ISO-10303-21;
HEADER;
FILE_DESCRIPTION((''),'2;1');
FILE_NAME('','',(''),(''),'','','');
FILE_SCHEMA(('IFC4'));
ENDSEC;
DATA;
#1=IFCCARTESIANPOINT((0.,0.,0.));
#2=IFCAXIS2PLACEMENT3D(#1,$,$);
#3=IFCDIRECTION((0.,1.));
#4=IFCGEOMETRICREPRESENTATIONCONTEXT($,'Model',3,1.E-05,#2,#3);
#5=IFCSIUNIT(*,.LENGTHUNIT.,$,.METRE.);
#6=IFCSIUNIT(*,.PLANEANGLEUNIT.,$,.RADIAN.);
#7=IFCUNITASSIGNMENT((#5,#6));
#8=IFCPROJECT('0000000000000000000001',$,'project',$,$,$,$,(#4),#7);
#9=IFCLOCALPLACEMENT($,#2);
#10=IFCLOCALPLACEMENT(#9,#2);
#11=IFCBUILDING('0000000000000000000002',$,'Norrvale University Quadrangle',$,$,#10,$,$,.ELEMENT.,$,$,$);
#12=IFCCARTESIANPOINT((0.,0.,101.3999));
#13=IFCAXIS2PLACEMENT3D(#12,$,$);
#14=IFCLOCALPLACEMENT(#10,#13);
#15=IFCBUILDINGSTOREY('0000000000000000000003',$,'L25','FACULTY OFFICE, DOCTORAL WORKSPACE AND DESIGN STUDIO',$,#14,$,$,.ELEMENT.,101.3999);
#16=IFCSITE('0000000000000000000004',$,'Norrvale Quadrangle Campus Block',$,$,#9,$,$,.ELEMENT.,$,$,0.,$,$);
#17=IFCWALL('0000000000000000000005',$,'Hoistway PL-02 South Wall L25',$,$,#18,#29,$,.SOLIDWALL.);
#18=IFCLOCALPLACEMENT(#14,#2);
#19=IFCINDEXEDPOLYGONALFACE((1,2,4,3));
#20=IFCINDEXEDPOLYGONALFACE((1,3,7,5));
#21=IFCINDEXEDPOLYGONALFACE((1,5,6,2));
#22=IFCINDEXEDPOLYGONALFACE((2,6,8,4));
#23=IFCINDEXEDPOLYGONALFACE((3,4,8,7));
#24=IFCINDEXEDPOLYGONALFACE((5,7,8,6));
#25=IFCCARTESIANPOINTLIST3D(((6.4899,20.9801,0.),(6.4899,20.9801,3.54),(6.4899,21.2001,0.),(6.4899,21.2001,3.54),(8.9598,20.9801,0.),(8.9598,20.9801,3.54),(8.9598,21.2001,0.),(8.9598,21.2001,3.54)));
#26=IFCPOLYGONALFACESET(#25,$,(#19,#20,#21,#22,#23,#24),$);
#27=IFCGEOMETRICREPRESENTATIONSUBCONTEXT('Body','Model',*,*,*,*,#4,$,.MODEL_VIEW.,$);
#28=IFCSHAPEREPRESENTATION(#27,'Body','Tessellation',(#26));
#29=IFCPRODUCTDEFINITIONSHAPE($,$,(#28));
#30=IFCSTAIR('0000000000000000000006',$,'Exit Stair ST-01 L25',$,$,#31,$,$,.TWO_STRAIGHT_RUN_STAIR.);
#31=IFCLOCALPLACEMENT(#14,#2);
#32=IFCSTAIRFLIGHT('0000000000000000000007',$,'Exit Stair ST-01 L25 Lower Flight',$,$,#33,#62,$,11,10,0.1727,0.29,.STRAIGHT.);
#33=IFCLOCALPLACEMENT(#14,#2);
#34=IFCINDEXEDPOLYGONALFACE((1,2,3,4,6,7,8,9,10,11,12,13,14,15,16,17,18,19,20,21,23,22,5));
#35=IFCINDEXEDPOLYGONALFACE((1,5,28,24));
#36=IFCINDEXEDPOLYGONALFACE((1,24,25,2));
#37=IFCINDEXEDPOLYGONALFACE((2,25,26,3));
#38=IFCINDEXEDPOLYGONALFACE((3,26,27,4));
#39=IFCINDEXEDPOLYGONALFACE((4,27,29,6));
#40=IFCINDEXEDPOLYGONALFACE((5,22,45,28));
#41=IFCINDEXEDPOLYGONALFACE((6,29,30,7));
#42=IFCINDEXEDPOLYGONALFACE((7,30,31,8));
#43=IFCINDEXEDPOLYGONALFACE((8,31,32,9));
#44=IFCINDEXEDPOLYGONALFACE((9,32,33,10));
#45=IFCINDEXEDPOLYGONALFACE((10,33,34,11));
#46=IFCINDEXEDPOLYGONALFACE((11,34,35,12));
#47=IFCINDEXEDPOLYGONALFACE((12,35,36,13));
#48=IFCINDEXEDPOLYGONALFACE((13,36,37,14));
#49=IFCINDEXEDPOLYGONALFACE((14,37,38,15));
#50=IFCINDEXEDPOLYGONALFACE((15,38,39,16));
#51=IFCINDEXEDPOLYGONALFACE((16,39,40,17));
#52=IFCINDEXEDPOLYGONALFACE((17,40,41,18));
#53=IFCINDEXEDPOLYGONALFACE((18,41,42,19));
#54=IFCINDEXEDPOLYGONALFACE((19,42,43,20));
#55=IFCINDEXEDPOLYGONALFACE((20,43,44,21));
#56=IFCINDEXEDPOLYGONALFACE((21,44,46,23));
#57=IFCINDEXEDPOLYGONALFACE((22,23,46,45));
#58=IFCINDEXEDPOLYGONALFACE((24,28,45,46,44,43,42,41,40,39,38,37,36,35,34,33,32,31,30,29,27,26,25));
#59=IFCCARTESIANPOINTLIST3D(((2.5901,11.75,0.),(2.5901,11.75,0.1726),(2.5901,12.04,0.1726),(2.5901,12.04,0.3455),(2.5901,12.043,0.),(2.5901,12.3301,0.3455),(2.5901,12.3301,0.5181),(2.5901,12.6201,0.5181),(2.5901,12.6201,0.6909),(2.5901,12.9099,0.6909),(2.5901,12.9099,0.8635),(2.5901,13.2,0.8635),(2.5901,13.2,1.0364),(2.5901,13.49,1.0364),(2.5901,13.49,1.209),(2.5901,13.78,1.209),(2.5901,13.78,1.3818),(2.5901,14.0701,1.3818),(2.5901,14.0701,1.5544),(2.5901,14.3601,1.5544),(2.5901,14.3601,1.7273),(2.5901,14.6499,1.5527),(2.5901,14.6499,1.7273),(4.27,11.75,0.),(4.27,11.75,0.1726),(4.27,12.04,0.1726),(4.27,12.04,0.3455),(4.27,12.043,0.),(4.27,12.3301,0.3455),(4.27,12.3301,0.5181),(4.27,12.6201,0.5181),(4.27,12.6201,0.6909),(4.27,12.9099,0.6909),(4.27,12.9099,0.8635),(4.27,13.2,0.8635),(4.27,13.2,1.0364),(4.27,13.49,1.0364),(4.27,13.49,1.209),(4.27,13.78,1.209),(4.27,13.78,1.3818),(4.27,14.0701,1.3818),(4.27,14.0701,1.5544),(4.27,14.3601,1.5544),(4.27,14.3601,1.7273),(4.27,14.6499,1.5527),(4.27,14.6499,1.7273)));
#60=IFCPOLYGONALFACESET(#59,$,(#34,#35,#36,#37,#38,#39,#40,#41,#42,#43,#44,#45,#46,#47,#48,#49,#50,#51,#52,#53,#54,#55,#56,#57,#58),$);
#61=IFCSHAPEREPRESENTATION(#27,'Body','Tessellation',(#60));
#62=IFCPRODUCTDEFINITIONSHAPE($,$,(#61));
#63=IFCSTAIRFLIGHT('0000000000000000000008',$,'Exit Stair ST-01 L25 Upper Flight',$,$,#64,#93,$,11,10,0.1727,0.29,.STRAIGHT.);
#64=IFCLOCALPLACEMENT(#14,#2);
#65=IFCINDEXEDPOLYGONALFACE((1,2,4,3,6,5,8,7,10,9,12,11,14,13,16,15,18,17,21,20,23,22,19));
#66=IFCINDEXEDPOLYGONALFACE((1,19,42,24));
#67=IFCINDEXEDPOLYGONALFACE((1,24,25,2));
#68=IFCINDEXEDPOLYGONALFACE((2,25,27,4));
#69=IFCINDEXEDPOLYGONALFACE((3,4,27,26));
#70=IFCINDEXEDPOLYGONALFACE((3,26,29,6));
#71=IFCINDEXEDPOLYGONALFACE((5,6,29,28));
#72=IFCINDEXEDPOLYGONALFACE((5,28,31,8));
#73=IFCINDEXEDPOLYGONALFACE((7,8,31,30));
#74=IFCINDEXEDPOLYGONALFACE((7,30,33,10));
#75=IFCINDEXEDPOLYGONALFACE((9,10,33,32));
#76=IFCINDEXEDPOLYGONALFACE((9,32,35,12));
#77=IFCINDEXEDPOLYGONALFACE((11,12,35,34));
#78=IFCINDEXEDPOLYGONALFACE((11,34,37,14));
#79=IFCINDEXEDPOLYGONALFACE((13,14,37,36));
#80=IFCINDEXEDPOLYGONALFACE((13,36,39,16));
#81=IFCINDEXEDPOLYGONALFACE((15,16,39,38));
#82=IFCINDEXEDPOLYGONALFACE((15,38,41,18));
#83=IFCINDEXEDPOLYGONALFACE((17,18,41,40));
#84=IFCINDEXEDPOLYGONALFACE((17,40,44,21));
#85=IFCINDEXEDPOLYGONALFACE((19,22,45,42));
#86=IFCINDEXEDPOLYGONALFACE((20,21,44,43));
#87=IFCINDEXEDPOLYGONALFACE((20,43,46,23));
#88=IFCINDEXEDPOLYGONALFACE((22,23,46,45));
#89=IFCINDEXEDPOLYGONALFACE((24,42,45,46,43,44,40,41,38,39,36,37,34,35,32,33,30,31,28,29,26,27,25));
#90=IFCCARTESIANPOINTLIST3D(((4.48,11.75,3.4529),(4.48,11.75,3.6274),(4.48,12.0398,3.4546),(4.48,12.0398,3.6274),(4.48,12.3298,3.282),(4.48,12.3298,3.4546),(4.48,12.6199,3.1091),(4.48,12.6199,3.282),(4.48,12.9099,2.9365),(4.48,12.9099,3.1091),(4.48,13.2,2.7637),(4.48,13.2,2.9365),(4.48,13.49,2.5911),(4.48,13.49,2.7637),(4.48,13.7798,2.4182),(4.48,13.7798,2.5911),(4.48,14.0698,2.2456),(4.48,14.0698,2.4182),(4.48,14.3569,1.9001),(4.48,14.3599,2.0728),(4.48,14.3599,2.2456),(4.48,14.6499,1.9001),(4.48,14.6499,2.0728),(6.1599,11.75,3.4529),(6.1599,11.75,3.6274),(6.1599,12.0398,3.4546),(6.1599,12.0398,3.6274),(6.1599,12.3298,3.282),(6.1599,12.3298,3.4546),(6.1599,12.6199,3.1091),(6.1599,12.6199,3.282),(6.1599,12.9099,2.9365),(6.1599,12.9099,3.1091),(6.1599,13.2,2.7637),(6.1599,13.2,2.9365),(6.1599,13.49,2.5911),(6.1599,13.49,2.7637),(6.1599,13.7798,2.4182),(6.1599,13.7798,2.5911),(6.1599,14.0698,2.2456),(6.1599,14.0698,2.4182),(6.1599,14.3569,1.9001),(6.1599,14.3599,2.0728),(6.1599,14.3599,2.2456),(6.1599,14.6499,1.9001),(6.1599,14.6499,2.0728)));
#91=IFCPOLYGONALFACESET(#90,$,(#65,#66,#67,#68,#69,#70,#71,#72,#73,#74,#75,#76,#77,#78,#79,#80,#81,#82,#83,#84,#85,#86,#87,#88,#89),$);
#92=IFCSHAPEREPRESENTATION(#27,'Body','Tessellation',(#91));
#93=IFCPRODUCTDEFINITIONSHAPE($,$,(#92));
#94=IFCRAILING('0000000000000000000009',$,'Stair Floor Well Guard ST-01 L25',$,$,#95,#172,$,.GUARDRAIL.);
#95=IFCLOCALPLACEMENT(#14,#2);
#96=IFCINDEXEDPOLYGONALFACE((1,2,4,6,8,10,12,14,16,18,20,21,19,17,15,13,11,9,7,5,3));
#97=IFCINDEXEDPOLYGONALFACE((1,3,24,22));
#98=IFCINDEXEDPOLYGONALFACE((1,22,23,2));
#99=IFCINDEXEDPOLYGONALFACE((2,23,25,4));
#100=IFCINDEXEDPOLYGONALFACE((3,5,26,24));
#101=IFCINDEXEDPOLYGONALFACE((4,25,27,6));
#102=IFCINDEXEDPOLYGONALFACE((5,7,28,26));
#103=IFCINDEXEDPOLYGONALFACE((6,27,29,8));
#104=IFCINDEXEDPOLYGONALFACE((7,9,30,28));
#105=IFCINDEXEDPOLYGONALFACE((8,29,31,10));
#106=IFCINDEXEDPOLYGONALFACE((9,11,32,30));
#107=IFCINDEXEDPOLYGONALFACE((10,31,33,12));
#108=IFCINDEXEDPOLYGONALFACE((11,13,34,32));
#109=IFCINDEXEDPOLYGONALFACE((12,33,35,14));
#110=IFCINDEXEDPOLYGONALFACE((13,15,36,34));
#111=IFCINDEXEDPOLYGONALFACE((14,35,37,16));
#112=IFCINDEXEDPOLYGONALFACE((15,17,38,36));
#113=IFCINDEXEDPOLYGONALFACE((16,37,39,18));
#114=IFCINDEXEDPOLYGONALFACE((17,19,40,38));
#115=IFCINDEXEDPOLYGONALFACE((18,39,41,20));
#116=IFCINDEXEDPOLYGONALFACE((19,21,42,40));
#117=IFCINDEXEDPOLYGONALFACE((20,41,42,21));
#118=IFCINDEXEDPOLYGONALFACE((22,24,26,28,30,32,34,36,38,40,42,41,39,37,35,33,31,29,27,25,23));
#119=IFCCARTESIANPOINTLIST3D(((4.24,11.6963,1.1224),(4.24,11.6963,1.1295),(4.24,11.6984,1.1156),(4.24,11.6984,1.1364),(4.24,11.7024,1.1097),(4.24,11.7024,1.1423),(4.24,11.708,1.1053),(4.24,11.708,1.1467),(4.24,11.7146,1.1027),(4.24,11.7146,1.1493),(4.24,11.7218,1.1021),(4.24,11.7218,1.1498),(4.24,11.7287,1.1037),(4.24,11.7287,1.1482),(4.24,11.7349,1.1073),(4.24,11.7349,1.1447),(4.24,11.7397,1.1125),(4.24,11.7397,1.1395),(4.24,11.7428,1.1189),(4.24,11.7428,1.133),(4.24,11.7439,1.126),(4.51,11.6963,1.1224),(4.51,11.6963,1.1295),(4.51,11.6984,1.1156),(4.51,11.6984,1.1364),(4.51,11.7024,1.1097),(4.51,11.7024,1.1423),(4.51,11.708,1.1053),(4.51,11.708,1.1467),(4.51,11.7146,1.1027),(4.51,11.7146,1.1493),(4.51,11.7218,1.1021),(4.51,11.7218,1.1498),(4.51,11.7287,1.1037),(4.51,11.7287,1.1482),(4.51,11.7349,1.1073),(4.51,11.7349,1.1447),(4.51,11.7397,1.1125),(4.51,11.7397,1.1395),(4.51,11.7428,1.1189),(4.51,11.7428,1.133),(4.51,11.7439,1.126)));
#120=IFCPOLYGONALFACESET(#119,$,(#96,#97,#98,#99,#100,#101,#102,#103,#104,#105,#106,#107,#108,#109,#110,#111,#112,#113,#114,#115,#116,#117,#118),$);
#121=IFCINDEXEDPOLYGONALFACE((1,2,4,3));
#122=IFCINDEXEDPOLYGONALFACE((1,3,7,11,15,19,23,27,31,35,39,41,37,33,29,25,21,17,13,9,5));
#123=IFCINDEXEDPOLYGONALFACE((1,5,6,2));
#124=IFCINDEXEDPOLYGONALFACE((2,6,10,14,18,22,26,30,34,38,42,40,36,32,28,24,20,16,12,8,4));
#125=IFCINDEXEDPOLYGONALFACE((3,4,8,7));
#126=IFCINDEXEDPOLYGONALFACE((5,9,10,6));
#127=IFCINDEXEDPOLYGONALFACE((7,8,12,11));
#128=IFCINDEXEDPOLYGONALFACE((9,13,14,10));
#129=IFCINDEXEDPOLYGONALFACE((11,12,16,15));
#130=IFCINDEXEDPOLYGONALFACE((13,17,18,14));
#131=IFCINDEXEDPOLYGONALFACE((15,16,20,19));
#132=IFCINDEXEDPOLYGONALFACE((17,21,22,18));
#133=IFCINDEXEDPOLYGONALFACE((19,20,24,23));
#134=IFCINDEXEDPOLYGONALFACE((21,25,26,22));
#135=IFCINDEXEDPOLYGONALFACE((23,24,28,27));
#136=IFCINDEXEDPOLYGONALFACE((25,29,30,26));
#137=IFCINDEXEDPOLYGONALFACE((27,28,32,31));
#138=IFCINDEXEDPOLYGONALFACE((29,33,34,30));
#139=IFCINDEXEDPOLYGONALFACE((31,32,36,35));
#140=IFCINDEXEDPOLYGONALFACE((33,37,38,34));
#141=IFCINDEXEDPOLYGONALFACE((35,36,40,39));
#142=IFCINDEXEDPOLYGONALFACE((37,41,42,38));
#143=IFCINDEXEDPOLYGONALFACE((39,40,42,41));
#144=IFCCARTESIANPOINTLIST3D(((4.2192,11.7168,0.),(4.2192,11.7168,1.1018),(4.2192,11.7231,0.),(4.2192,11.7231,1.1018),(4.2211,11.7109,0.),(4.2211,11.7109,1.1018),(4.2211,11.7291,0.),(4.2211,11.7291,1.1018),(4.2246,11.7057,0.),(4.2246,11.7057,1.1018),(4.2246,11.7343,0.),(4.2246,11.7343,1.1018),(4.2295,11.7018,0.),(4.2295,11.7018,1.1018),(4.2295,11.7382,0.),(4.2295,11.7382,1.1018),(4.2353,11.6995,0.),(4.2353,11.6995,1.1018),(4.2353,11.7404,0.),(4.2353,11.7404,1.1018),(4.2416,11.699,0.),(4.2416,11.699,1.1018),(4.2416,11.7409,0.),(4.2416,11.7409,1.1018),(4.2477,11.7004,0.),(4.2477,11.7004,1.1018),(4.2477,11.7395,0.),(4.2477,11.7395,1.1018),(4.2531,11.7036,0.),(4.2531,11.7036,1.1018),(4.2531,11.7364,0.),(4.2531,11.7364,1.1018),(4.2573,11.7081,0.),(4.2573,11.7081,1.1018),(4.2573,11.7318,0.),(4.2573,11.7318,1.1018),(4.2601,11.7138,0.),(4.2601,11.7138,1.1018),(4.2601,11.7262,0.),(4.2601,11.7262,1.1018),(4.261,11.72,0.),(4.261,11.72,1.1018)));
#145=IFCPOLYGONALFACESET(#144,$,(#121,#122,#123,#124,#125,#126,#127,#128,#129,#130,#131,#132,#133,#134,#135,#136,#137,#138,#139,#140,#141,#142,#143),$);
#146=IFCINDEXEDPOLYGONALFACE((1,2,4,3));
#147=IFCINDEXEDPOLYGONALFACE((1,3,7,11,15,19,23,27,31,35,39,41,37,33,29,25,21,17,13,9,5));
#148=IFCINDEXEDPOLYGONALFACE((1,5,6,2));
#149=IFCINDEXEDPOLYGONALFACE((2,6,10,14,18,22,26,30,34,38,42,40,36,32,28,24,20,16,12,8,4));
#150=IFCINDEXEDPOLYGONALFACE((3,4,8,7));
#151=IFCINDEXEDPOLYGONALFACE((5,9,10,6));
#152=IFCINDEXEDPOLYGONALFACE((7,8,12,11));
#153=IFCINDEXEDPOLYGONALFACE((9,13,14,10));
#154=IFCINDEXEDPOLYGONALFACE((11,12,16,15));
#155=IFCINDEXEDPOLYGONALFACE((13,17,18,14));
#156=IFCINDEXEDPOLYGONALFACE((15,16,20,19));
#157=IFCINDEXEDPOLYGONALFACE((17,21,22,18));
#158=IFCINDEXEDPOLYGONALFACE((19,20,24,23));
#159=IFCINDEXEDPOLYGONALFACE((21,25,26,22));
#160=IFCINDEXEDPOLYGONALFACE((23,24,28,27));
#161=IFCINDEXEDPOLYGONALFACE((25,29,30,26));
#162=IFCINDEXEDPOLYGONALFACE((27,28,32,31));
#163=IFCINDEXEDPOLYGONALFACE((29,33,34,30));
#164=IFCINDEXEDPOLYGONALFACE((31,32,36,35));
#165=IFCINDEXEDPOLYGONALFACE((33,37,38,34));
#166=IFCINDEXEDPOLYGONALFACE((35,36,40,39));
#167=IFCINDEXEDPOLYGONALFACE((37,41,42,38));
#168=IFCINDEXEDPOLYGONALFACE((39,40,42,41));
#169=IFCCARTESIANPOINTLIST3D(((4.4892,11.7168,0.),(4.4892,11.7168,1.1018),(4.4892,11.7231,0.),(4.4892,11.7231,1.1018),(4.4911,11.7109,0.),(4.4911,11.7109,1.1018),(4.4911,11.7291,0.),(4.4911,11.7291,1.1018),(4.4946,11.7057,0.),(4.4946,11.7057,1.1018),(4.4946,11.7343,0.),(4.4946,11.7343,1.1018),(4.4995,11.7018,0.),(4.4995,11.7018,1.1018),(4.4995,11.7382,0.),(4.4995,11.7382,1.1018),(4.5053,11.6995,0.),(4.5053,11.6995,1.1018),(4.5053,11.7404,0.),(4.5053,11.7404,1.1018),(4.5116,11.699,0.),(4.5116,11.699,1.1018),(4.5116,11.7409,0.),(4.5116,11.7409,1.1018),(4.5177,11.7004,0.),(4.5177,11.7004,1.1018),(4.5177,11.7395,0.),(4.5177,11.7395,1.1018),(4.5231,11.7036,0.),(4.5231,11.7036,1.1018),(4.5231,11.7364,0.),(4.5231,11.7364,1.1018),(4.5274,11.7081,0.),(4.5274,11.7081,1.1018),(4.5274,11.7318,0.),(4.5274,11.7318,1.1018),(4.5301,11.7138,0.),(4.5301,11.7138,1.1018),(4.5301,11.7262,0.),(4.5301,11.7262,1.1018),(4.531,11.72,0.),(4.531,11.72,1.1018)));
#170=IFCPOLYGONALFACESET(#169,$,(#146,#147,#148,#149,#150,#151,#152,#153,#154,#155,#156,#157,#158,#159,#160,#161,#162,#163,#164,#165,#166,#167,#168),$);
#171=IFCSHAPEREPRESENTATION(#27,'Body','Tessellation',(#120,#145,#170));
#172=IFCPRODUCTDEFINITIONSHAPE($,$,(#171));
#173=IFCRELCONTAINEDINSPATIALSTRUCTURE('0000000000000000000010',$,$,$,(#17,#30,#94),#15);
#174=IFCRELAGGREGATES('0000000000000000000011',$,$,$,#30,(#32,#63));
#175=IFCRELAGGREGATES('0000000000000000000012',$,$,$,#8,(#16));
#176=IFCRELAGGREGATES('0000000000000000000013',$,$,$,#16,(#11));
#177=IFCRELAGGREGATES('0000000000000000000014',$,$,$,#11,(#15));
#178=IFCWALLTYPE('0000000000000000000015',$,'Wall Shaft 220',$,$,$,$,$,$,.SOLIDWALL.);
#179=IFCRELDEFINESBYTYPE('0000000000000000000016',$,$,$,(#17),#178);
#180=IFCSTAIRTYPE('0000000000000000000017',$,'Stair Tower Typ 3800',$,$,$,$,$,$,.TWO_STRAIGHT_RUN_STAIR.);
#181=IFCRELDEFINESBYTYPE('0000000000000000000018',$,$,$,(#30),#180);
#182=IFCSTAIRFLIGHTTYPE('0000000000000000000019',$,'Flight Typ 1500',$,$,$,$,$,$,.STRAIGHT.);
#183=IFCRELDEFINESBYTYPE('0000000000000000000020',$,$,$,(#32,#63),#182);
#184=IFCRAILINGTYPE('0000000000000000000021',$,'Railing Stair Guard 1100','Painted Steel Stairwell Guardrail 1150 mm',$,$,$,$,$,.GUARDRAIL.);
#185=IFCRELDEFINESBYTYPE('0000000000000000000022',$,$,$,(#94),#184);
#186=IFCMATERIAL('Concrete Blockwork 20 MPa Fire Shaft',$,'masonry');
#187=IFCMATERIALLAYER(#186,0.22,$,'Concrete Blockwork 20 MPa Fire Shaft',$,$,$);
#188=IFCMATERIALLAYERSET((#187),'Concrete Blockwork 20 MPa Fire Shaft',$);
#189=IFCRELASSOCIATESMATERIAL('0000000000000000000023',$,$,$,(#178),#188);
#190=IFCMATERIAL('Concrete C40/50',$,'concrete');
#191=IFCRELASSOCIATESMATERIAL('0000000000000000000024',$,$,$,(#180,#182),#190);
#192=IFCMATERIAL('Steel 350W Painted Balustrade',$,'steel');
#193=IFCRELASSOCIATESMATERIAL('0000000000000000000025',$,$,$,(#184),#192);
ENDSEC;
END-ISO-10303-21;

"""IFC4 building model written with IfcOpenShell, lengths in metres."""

from ifc_helpers import new_model, si_unit, direction, frame, frame_2d, origin, origin_2d, place, context, subcontext, project, spatial, polyline, rectangle, circle, outline, extrude, material, layer, layer_set, type_object, element, aggregate, save


model = new_model("IFC4")

# Units and contexts
model_context = context("Model", 3, precision=1e-05, world=origin(), true_north=direction((0.0, 1.0)))
body_context = subcontext(model_context, "Body", "Model", "MODEL_VIEW")
ifc_project = project(units=[si_unit("LENGTHUNIT", "METRE"), si_unit("PLANEANGLEUNIT", "RADIAN")], contexts=[model_context])

# Site, building, storey
site_placement = place(None, origin())
site = spatial("IfcSite", under=ifc_project, at=site_placement, Name="Norrvale Quadrangle Campus Block", CompositionType="ELEMENT", RefElevation=0.0)
building_placement = place(site_placement, origin())
building = spatial("IfcBuilding", under=site, at=building_placement, Name="Norrvale University Quadrangle", CompositionType="ELEMENT")
storey_placement = place(building_placement, frame((0.0, 0.0, 101.3999)))
storey = spatial("IfcBuildingStorey", under=building, at=storey_placement, Name="L25", Description="FACULTY OFFICE, DOCTORAL WORKSPACE AND DESIGN STUDIO", CompositionType="ELEMENT", Elevation=101.3999)

# Wall
ifc_material_1 = material(Name="Concrete Blockwork 20 MPa Fire Shaft", Category="masonry")
ifc_layer_1 = layer(ifc_material_1, 0.22, Name="Concrete Blockwork 20 MPa Fire Shaft")
ifc_layer_set_1 = layer_set([ifc_layer_1], Name="Concrete Blockwork 20 MPa Fire Shaft")
wall_type_1 = type_object("IfcWallType", Name="Wall Shaft 220", PredefinedType="SOLIDWALL", material=ifc_layer_set_1)
for number, where, z_axis, x_axis, name in (
    (1, (6.49, 21.0901, 0.0), (0.0, 0.0, 1.0), (1.0, 0.0, 0.0), "Hoistway PL-02 South Wall L25"),
):
    element("IfcWall", number, at=place(storey_placement, frame(where, z_axis=z_axis, x_axis=x_axis)), inside=storey, type_object=wall_type_1, Name=name, PredefinedType="SOLIDWALL", context=body_context, shape_type="SweptSolid", body=[
        extrude(rectangle(XDim=2.47, YDim=0.22, at=frame_2d((1.2349, 0.0))), origin(), (0.0, 0.0, 1.0), 3.54),
    ])

# Stair, stair flights
ifc_material_2 = material(Name="Concrete C40/50", Category="concrete")
stair_type = type_object("IfcStairType", Name="Stair Tower Typ 3800", PredefinedType="TWO_STRAIGHT_RUN_STAIR", material=ifc_material_2)
stair_placement = place(storey_placement, origin())
stair = element("IfcStair", 2, at=stair_placement, inside=storey, type_object=stair_type, Name="Exit Stair ST-01 L25", PredefinedType="TWO_STRAIGHT_RUN_STAIR")
stair_flight_type = type_object("IfcStairFlightType", Name="Flight Typ 1500", PredefinedType="STRAIGHT", material=ifc_material_2)
stair_flight_1_placement = place(storey_placement, frame((3.4299, 11.75, 0.0), z_axis=(0.0, 0.0, 1.0), x_axis=(0.0, 1.0, 0.0)))
stair_flight_1 = element("IfcStairFlight", 3, at=stair_flight_1_placement, type_object=stair_flight_type, Name="Exit Stair ST-01 L25 Lower Flight", NumberOfRisers=11, NumberOfTreads=10, PredefinedType="STRAIGHT", RiserHeight=0.1727, TreadLength=0.29, context=body_context, shape_type="SweptSolid", body=[
    extrude(outline(polyline([(0.0, 0.0), (0.0, 0.1726), (0.29, 0.1726), (0.29, 0.3455), (0.5801, 0.3455), (0.5801, 0.5181), (0.8701, 0.5181), (0.8701, 0.6909), (1.1599, 0.6909), (1.1599, 0.8635), (1.45, 0.8635), (1.45, 1.0364), (1.74, 1.0364), (1.74, 1.209), (2.03, 1.209), (2.03, 1.3818), (2.3201, 1.3818), (2.3201, 1.5544), (2.6101, 1.5544), (2.6101, 1.7273), (2.8999, 1.7273), (2.8999, 1.8999), (2.8999, 1.5527), (0.293, 0.0), (0.0, 0.0)])), frame((0.0, 0.8398, 0.0), z_axis=(0.0, -1.0, 0.0), x_axis=(1.0, 0.0, 0.0)), (0.0, 0.0, 1.0), 1.6799),
])
stair_flight_2_placement = place(storey_placement, frame((5.3201, 14.6499, 1.9001), z_axis=(0.0, 0.0, 1.0), x_axis=(0.0, -1.0, 0.0)))
stair_flight_2 = element("IfcStairFlight", 4, at=stair_flight_2_placement, type_object=stair_flight_type, Name="Exit Stair ST-01 L25 Upper Flight", NumberOfRisers=11, NumberOfTreads=10, PredefinedType="STRAIGHT", RiserHeight=0.1727, TreadLength=0.29, context=body_context, shape_type="SweptSolid", body=[
    extrude(outline(polyline([(0.0, 0.0), (0.0, 0.1726), (0.29, 0.1726), (0.29, 0.3455), (0.5801, 0.3455), (0.5801, 0.5181), (0.8701, 0.5181), (0.8701, 0.6909), (1.1599, 0.6909), (1.1599, 0.8635), (1.45, 0.8635), (1.45, 1.0364), (1.74, 1.0364), (1.74, 1.209), (2.03, 1.209), (2.03, 1.3818), (2.3201, 1.3818), (2.3201, 1.5544), (2.6101, 1.5544), (2.6101, 1.7273), (2.8999, 1.7273), (2.8999, 1.8999), (2.8999, 1.5527), (0.293, 0.0), (0.0, 0.0)])), frame((0.0, 0.8398, 0.0), z_axis=(0.0, -1.0, 0.0), x_axis=(1.0, 0.0, 0.0)), (0.0, 0.0, 1.0), 1.6799),
])
aggregate(stair, [stair_flight_1, stair_flight_2])

# Railing
ifc_material_3 = material(Name="Steel 350W Painted Balustrade", Category="steel")
railing_type_1 = type_object("IfcRailingType", Name="Railing Stair Guard 1100", Description="Painted Steel Stairwell Guardrail 1150 mm", PredefinedType="GUARDRAIL", material=ifc_material_3)
for number, where, name in (
    (5, (4.24, 11.72, 0.0), "Stair Floor Well Guard ST-01 L25"),
):
    element("IfcRailing", number, at=place(storey_placement, frame(where)), inside=storey, type_object=railing_type_1, Name=name, PredefinedType="GUARDRAIL", context=body_context, shape_type="SweptSolid", body=[
        extrude(circle(Radius=0.0239, at=origin_2d()), frame((0.0, 0.0, 1.126), z_axis=(1.0, 0.0, 0.0), x_axis=(0.0, 1.0, 0.0)), (0.0, 0.0, 1.0), 0.27),
        extrude(circle(Radius=0.021, at=origin_2d()), origin(), (0.0, 0.0, 1.0), 1.1018),
        extrude(circle(Radius=0.021, at=origin_2d()), frame((0.27, 0.0, 0.0)), (0.0, 0.0, 1.0), 1.1018),
    ])

save(model, "model.ifc")
